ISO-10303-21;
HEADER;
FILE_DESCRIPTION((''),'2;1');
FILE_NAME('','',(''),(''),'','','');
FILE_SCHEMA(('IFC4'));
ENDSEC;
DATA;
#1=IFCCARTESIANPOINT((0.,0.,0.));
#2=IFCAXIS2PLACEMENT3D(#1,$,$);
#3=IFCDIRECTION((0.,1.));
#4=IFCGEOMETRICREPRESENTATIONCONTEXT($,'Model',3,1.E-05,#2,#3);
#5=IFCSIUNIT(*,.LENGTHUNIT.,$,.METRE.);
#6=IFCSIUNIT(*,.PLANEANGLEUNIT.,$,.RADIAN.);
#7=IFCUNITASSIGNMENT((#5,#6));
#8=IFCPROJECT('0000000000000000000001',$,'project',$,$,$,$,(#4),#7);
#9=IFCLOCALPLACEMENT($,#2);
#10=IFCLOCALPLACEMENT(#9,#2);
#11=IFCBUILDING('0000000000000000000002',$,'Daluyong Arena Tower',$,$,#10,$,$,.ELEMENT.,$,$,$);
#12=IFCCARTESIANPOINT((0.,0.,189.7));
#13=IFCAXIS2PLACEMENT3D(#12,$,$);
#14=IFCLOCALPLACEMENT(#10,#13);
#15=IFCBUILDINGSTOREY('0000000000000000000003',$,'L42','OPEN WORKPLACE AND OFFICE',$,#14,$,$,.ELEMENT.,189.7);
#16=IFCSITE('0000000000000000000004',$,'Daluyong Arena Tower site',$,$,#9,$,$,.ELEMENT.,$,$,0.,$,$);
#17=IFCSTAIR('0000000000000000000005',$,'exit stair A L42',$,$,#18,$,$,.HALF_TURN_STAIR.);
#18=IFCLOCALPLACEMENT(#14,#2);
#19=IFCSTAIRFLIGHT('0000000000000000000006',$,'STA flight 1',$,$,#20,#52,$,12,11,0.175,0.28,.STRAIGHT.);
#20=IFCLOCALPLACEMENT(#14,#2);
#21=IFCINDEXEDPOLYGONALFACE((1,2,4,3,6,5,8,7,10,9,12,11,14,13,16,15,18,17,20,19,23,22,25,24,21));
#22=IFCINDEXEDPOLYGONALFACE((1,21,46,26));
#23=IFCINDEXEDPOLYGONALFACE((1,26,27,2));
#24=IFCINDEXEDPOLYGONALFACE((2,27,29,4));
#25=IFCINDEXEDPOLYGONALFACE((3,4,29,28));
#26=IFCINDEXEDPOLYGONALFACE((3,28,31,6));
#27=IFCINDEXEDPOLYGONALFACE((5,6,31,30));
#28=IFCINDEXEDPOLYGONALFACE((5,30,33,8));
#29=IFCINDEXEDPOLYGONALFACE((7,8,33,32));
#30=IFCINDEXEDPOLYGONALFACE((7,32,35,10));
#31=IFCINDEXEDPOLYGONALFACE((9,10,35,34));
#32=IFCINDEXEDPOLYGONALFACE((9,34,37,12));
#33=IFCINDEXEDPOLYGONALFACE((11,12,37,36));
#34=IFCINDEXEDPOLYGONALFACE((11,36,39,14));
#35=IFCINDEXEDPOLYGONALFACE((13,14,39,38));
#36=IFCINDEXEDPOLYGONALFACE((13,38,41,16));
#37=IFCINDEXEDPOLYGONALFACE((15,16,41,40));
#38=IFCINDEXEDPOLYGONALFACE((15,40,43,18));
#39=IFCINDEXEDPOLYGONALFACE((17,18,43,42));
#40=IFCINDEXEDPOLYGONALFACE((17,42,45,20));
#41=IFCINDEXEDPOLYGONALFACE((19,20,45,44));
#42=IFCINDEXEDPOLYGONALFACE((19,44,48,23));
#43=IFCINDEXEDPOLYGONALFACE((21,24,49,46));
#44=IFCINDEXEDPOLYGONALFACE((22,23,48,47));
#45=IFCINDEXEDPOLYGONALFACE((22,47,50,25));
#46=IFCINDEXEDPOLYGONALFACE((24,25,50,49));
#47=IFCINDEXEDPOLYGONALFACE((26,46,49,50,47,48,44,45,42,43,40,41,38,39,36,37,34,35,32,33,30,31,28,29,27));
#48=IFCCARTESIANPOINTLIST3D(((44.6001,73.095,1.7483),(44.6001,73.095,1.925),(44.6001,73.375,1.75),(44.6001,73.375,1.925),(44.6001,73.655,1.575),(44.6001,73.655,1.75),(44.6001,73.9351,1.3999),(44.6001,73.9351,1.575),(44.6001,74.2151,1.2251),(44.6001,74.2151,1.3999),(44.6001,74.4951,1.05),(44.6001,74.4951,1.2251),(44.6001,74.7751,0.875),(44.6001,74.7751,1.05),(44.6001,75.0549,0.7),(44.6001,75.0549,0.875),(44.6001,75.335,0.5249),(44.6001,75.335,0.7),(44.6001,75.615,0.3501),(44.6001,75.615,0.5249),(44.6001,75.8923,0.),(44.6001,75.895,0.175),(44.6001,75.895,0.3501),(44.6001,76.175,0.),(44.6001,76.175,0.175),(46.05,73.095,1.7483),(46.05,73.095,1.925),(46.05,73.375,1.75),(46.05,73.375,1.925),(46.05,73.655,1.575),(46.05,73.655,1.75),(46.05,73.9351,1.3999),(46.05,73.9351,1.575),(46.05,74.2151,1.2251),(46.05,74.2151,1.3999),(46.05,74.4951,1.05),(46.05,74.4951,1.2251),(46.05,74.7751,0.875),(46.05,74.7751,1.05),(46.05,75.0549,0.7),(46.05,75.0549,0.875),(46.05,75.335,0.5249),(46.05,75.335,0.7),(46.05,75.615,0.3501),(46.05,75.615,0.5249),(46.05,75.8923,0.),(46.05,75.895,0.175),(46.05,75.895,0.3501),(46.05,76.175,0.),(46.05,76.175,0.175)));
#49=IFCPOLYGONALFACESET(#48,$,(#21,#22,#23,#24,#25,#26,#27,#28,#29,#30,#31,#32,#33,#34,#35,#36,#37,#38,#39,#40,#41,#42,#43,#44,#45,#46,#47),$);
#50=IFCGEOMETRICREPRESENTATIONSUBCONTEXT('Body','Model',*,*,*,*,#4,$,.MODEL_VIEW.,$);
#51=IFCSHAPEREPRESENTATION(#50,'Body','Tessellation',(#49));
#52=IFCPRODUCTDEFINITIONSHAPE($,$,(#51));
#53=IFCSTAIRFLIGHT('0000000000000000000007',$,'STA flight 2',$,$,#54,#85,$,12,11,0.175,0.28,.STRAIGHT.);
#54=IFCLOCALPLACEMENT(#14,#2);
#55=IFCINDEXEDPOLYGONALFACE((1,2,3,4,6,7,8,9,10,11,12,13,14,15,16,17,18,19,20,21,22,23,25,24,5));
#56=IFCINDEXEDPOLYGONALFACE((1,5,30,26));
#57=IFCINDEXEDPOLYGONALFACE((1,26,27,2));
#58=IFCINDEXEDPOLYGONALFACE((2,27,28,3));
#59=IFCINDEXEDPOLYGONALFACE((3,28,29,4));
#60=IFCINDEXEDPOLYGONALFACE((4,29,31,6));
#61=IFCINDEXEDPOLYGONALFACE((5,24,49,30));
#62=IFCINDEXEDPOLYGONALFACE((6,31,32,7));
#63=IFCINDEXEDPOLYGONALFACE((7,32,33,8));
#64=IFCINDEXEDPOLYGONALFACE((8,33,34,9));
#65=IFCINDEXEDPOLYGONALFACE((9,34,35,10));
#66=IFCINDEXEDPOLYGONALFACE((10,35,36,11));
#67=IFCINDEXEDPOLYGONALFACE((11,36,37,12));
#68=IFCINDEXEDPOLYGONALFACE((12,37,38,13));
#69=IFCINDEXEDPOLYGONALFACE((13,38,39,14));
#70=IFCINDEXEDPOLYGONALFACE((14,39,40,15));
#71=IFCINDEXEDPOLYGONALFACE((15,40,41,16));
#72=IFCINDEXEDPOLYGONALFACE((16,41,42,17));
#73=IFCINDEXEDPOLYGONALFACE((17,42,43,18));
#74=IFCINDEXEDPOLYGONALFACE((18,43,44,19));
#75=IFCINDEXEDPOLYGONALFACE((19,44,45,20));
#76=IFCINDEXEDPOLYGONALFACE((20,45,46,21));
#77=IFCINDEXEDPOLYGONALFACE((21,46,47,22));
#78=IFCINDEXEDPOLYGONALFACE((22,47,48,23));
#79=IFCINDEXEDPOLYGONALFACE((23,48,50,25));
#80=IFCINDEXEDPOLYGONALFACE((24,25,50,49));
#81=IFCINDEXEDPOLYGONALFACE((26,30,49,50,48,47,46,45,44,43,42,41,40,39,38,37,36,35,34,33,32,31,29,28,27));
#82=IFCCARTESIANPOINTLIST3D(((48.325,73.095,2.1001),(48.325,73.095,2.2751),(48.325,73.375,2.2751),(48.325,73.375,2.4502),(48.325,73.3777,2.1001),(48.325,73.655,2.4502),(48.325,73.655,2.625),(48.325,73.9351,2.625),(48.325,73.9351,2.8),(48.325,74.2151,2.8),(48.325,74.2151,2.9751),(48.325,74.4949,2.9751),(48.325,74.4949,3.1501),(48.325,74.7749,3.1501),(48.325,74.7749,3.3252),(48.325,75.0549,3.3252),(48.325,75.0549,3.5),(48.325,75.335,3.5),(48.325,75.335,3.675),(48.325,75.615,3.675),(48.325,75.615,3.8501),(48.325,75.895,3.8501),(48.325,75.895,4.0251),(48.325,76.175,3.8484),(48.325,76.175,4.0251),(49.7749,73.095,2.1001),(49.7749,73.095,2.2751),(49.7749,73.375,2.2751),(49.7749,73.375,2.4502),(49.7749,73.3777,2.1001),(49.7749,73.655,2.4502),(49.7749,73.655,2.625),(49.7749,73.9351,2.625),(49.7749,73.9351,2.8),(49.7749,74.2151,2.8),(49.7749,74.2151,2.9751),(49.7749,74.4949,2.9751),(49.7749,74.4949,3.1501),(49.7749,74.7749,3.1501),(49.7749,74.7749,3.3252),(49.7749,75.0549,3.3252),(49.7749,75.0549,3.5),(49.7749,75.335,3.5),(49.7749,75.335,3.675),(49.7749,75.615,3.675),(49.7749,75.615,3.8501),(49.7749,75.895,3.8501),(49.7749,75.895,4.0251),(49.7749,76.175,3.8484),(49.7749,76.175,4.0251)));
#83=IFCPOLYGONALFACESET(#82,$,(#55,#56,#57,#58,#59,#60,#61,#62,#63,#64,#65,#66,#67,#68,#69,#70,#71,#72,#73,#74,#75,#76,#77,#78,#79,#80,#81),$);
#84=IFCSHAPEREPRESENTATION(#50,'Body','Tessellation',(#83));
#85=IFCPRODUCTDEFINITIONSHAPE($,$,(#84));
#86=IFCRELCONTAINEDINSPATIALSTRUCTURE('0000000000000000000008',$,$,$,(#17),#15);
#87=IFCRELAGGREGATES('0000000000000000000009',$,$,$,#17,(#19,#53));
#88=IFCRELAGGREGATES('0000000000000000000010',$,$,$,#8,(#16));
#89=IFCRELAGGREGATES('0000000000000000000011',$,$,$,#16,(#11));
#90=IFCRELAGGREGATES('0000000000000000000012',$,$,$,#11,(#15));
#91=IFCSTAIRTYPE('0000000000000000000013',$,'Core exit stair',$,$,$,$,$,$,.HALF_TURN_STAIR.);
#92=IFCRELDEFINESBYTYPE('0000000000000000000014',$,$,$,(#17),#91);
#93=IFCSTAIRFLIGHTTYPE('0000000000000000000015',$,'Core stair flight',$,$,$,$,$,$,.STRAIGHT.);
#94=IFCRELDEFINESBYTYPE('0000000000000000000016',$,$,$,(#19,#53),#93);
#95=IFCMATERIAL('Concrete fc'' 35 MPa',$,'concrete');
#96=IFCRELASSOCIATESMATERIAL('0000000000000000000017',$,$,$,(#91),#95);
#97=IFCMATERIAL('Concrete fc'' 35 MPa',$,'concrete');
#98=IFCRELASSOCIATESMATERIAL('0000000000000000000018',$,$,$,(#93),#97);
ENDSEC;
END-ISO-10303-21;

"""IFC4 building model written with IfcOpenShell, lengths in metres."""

from ifc_helpers import new_model, si_unit, direction, frame, origin, place, context, subcontext, project, spatial, polyline, outline, extrude, material, type_object, element, aggregate, save


model = new_model("IFC4")

# Units and contexts
model_context = context("Model", 3, precision=1e-05, world=origin(), true_north=direction((0.0, 1.0)))
body_context = subcontext(model_context, "Body", "Model", "MODEL_VIEW")
ifc_project = project(units=[si_unit("LENGTHUNIT", "METRE"), si_unit("PLANEANGLEUNIT", "RADIAN")], contexts=[model_context])

# Site, building, storey
site_placement = place(None, origin())
site = spatial("IfcSite", under=ifc_project, at=site_placement, Name="Daluyong Arena Tower site", CompositionType="ELEMENT", RefElevation=0.0)
building_placement = place(site_placement, origin())
building = spatial("IfcBuilding", under=site, at=building_placement, Name="Daluyong Arena Tower", CompositionType="ELEMENT")
storey_placement = place(building_placement, frame((0.0, 0.0, 189.7)))
storey = spatial("IfcBuildingStorey", under=building, at=storey_placement, Name="L42", Description="OPEN WORKPLACE AND OFFICE", CompositionType="ELEMENT", Elevation=189.7)

# Stair, stair flights
ifc_material_1 = material(Name="Concrete fc' 35 MPa", Category="concrete")
stair_type = type_object("IfcStairType", Name="Core exit stair", PredefinedType="HALF_TURN_STAIR", material=ifc_material_1)
stair_placement = place(storey_placement, origin())
stair = element("IfcStair", 1, at=stair_placement, inside=storey, type_object=stair_type, Name="exit stair A L42", PredefinedType="HALF_TURN_STAIR")
ifc_material_2 = material(Name="Concrete fc' 35 MPa", Category="concrete")
stair_flight_type = type_object("IfcStairFlightType", Name="Core stair flight", PredefinedType="STRAIGHT", material=ifc_material_2)
stair_flight_1_placement = place(storey_placement, frame((45.325, 76.175, 0.0), z_axis=(0.0, 0.0, 1.0), x_axis=(0.0, -1.0, 0.0)))
stair_flight_1 = element("IfcStairFlight", 2, at=stair_flight_1_placement, type_object=stair_flight_type, Name="STA flight 1", NumberOfRisers=12, NumberOfTreads=11, PredefinedType="STRAIGHT", RiserHeight=0.175, TreadLength=0.28, context=body_context, shape_type="SweptSolid", body=[
    extrude(outline(polyline([(0.0, 0.0), (0.0, 0.175), (0.28, 0.175), (0.28, 0.3501), (0.5601, 0.3501), (0.5601, 0.5249), (0.8401, 0.5249), (0.8401, 0.7), (1.1201, 0.7), (1.1201, 0.875), (1.3999, 0.875), (1.3999, 1.05), (1.6799, 1.05), (1.6799, 1.2251), (1.96, 1.2251), (1.96, 1.3999), (2.24, 1.3999), (2.24, 1.575), (2.52, 1.575), (2.52, 1.75), (2.8, 1.75), (2.8, 1.925), (3.0801, 1.925), (3.0801, 2.1001), (3.0801, 1.7483), (0.2827, 0.0), (0.0, 0.0)])), frame((0.0, 0.7251, 0.0), z_axis=(0.0, -1.0, 0.0), x_axis=(1.0, 0.0, 0.0)), (0.0, 0.0, 1.0), 1.45),
])
stair_flight_2_placement = place(storey_placement, frame((49.05, 73.095, 2.1001), z_axis=(0.0, 0.0, 1.0), x_axis=(0.0, 1.0, 0.0)))
stair_flight_2 = element("IfcStairFlight", 3, at=stair_flight_2_placement, type_object=stair_flight_type, Name="STA flight 2", NumberOfRisers=12, NumberOfTreads=11, PredefinedType="STRAIGHT", RiserHeight=0.175, TreadLength=0.28, context=body_context, shape_type="SweptSolid", body=[
    extrude(outline(polyline([(0.0, 0.0), (0.0, 0.175), (0.28, 0.175), (0.28, 0.3501), (0.5601, 0.3501), (0.5601, 0.5249), (0.8401, 0.5249), (0.8401, 0.7), (1.1201, 0.7), (1.1201, 0.875), (1.3999, 0.875), (1.3999, 1.05), (1.6799, 1.05), (1.6799, 1.2251), (1.96, 1.2251), (1.96, 1.3999), (2.24, 1.3999), (2.24, 1.575), (2.52, 1.575), (2.52, 1.75), (2.8, 1.75), (2.8, 1.925), (3.0801, 1.925), (3.0801, 2.1001), (3.0801, 1.7483), (0.2827, 0.0), (0.0, 0.0)])), frame((0.0, 0.7251, 0.0), z_axis=(0.0, -1.0, 0.0), x_axis=(1.0, 0.0, 0.0)), (0.0, 0.0, 1.0), 1.45),
])
aggregate(stair, [stair_flight_1, stair_flight_2])

save(model, "model.ifc")
